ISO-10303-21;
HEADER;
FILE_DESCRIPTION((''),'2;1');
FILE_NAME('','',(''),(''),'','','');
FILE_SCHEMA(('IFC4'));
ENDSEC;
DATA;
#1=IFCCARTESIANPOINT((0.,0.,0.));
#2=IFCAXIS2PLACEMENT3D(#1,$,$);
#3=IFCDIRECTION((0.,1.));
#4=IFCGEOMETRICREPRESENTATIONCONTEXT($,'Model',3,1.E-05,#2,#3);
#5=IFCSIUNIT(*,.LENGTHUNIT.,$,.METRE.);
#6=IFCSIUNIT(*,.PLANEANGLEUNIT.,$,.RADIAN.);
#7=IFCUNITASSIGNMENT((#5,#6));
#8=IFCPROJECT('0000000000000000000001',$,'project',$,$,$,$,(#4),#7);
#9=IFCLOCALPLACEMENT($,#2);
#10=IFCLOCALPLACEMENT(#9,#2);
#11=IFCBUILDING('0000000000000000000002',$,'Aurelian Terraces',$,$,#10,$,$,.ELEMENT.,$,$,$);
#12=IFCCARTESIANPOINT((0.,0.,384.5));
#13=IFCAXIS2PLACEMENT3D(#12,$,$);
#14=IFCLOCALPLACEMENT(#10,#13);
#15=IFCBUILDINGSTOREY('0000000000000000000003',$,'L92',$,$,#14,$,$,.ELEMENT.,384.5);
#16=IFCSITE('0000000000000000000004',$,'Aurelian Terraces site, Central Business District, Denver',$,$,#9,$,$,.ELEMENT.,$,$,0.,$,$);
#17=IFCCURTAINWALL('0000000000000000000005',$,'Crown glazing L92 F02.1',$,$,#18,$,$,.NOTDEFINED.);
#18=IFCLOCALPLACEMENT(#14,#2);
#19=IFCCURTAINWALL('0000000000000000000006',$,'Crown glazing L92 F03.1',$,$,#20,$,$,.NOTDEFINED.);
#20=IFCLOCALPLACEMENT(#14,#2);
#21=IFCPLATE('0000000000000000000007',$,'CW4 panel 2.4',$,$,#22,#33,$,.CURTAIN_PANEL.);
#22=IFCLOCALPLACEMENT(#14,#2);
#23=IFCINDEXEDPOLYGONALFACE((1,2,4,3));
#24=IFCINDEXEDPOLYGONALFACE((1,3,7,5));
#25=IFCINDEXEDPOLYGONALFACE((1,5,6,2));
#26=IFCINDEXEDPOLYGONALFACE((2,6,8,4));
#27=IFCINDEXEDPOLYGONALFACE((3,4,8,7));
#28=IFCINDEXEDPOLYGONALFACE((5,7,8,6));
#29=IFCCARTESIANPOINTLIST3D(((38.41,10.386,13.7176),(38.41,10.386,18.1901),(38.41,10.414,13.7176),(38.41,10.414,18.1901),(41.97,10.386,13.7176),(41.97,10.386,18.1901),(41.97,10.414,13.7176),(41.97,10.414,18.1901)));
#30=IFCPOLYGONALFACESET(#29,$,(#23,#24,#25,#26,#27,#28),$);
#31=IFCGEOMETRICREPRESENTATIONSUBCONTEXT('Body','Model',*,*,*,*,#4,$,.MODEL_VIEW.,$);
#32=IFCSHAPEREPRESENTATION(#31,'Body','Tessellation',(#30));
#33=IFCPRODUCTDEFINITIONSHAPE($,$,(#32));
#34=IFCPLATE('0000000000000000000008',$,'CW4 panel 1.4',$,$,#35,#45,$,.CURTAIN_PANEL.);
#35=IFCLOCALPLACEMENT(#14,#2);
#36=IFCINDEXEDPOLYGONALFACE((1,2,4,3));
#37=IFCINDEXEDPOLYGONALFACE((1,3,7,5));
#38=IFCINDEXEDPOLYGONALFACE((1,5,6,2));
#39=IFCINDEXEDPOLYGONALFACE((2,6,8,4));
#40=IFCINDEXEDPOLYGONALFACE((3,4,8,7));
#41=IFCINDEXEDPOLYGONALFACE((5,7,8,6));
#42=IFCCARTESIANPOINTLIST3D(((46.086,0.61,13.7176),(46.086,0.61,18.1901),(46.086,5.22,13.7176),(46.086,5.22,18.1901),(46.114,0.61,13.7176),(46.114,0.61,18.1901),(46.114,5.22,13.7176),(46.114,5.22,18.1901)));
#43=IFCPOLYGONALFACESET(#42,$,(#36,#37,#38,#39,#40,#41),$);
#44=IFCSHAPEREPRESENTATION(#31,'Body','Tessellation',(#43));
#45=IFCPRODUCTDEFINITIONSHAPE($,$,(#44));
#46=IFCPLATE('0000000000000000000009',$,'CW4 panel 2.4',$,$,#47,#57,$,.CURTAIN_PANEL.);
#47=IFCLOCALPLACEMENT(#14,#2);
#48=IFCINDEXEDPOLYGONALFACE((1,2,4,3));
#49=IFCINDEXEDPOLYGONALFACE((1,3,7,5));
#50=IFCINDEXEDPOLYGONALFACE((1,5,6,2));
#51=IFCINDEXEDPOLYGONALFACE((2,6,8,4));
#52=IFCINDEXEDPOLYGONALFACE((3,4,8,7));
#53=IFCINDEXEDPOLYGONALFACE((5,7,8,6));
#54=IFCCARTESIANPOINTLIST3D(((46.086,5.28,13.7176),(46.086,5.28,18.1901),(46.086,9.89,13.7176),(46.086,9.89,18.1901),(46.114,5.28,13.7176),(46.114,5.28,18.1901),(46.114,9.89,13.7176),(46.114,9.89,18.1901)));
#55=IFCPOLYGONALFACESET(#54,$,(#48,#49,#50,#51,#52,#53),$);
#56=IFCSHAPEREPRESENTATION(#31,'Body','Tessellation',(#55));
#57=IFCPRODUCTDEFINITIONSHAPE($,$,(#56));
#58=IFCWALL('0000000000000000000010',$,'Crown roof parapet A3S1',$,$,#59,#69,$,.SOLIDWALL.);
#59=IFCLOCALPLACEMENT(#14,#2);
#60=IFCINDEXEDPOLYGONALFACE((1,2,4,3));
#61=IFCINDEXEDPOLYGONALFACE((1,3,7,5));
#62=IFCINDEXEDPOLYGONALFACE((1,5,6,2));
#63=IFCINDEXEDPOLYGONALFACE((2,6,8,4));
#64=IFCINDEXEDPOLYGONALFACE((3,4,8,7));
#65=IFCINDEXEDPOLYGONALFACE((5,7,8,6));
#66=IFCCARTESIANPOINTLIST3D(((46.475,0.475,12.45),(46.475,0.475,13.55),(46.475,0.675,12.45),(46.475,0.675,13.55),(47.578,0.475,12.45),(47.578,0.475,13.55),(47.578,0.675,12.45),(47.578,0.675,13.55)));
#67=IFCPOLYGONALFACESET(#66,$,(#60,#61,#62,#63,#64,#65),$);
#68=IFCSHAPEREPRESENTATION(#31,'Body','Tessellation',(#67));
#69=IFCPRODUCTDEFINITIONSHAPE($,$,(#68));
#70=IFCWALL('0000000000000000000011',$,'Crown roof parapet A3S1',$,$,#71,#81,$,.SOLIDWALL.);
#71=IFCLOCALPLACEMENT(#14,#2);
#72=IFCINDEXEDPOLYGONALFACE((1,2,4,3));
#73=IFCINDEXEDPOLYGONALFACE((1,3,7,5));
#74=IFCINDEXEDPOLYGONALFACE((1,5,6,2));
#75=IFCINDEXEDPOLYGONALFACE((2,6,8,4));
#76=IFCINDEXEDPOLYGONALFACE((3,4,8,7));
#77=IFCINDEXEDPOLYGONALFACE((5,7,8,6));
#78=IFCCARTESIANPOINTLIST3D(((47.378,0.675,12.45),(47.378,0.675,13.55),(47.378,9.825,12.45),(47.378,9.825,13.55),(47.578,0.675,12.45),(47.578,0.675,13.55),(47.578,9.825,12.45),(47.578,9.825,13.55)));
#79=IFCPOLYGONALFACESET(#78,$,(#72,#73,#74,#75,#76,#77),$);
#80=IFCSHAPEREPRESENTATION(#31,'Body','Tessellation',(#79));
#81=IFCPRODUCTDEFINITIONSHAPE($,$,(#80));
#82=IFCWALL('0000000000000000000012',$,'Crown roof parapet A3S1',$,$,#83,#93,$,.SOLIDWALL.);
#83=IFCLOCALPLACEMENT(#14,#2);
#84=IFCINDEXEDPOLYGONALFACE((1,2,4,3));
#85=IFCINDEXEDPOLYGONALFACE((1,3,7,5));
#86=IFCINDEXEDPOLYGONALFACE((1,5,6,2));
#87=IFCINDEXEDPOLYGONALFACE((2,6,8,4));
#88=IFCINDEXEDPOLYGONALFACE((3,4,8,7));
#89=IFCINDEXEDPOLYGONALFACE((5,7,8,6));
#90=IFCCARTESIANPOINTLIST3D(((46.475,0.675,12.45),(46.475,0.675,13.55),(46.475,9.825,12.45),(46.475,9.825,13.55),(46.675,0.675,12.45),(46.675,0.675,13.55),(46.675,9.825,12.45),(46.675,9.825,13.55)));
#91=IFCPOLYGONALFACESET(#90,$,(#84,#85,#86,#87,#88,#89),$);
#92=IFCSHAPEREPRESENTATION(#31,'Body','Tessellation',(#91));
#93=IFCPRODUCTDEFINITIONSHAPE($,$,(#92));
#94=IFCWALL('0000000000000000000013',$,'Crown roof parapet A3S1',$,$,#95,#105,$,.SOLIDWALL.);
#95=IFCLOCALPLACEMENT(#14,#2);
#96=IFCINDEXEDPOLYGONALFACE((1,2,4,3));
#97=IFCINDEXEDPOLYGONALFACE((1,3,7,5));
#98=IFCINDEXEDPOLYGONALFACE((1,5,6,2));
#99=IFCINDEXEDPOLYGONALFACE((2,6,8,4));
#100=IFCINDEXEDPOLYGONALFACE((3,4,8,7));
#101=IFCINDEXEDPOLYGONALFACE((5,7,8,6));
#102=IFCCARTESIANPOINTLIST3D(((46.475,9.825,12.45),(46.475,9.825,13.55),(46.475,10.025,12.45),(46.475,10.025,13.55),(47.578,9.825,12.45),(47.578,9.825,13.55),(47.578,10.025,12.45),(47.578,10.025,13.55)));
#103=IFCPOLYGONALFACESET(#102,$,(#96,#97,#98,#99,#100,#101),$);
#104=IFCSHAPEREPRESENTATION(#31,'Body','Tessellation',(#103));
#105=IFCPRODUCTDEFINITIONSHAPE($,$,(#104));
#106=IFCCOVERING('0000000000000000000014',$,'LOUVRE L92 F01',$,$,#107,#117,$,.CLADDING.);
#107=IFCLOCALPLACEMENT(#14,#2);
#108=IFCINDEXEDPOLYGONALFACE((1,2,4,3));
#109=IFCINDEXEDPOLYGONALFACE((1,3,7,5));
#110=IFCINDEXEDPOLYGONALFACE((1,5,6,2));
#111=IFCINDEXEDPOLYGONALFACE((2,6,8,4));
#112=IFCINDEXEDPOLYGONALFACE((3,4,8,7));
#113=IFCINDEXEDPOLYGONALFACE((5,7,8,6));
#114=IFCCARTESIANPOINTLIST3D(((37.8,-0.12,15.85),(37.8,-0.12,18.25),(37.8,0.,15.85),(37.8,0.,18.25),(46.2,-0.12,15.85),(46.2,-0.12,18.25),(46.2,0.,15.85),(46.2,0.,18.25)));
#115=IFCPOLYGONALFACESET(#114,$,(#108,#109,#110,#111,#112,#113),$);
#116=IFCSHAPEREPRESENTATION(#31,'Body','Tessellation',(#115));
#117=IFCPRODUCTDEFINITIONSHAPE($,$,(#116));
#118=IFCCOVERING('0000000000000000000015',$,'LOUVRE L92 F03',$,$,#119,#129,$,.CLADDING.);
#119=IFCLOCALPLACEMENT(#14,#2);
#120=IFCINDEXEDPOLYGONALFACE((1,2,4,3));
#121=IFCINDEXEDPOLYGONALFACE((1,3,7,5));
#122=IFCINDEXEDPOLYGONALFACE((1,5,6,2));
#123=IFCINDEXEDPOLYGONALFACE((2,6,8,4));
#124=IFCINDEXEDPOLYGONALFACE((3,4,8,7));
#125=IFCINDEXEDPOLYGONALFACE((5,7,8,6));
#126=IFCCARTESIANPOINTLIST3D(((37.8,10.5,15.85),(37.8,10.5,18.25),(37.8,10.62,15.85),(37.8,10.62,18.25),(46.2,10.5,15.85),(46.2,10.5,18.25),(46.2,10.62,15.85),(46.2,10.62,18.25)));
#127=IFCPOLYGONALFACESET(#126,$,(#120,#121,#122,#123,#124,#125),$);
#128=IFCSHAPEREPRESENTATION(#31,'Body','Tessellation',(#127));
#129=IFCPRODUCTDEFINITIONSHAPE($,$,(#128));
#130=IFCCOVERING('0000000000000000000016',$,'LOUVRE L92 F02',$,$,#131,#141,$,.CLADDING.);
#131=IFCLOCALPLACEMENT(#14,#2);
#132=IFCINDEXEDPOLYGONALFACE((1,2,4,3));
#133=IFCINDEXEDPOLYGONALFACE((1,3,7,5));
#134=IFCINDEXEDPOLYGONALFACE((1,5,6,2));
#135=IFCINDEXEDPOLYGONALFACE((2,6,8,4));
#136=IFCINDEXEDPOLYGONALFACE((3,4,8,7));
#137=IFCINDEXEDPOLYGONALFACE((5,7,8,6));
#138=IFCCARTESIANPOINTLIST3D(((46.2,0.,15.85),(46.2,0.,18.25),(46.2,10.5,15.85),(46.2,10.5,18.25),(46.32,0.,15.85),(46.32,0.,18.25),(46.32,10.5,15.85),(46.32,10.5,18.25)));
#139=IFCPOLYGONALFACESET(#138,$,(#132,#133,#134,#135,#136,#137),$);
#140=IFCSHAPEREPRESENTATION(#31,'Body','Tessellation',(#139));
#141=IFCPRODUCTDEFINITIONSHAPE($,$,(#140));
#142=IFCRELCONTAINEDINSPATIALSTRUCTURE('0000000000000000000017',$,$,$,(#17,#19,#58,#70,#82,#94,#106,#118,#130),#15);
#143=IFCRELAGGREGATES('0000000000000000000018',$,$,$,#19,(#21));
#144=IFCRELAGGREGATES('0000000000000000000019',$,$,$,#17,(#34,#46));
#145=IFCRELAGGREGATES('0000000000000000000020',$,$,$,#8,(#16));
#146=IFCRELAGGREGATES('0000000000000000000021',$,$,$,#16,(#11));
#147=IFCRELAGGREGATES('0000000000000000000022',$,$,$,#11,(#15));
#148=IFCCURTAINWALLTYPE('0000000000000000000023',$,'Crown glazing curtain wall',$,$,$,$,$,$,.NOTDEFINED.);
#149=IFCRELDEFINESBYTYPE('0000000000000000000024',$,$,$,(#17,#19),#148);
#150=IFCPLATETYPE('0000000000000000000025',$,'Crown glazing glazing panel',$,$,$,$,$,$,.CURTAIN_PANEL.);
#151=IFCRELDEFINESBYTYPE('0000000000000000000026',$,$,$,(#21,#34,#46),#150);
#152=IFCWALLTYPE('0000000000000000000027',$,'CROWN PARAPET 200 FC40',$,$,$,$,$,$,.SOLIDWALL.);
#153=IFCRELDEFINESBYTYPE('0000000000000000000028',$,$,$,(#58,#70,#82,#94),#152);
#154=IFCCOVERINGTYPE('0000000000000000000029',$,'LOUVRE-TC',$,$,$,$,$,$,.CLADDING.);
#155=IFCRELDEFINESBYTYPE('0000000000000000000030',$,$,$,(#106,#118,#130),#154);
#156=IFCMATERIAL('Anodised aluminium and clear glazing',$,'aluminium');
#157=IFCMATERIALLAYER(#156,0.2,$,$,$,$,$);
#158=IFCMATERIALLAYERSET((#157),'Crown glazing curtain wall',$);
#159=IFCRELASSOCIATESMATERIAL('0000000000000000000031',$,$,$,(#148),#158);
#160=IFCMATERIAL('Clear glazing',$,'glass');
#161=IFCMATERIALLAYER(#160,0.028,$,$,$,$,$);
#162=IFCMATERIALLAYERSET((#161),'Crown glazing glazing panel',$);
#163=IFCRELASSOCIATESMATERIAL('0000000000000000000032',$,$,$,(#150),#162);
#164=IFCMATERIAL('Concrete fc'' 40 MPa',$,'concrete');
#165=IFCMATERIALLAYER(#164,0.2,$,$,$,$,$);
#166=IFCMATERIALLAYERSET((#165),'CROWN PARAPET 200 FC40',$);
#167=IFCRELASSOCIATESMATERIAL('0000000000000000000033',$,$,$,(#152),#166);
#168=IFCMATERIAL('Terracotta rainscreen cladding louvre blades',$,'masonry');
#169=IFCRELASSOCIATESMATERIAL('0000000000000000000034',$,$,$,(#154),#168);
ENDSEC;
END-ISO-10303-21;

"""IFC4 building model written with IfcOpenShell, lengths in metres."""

from ifc_helpers import new_model, si_unit, direction, frame, frame_2d, origin, origin_2d, place, context, subcontext, project, spatial, rectangle, extrude, source, transform, mapped, material, layer, layer_set, type_object, element, aggregate, save


model = new_model("IFC4")

# Units and contexts
model_context = context("Model", 3, precision=1e-05, world=origin(), true_north=direction((0.0, 1.0)))
body_context = subcontext(model_context, "Body", "Model", "MODEL_VIEW")
ifc_project = project(units=[si_unit("LENGTHUNIT", "METRE"), si_unit("PLANEANGLEUNIT", "RADIAN")], contexts=[model_context])

# Site, building, storey
site_placement = place(None, origin())
site = spatial("IfcSite", under=ifc_project, at=site_placement, Name="Aurelian Terraces site, Central Business District, Denver", CompositionType="ELEMENT", RefElevation=0.0)
building_placement = place(site_placement, origin())
building = spatial("IfcBuilding", under=site, at=building_placement, Name="Aurelian Terraces", CompositionType="ELEMENT")
storey_placement = place(building_placement, frame((0.0, 0.0, 384.5)))
storey = spatial("IfcBuildingStorey", under=building, at=storey_placement, Name="L92", CompositionType="ELEMENT", Elevation=384.5)

# Curtain walls
ifc_material_1 = material(Name="Anodised aluminium and clear glazing", Category="aluminium")
ifc_layer_1 = layer(ifc_material_1, 0.2)
ifc_layer_set_1 = layer_set([ifc_layer_1], Name="Crown glazing curtain wall")
curtain_wall_type = type_object("IfcCurtainWallType", Name="Crown glazing curtain wall", PredefinedType="NOTDEFINED", material=ifc_layer_set_1)
curtain_wall_1_placement = place(storey_placement, origin())
curtain_wall_1 = element("IfcCurtainWall", 1, at=curtain_wall_1_placement, inside=storey, type_object=curtain_wall_type, Name="Crown glazing L92 F02.1", PredefinedType="NOTDEFINED")
curtain_wall_2_placement = place(storey_placement, origin())
curtain_wall_2 = element("IfcCurtainWall", 2, at=curtain_wall_2_placement, inside=storey, type_object=curtain_wall_type, Name="Crown glazing L92 F03.1", PredefinedType="NOTDEFINED")

# Plates
ifc_material_2 = material(Name="Clear glazing", Category="glass")
ifc_layer_2 = layer(ifc_material_2, 0.028)
ifc_layer_set_2 = layer_set([ifc_layer_2], Name="Crown glazing glazing panel")
plate_type = type_object("IfcPlateType", Name="Crown glazing glazing panel", PredefinedType="CURTAIN_PANEL", material=ifc_layer_set_2)
shared_shape_1 = source(origin(), body_context, "Body", "SweptSolid", [
    extrude(rectangle(XDim=3.56, YDim=0.028, at=origin_2d()), origin(), (0.0, 0.0, 1.0), 4.4725),
])
plate_1_placement = place(storey_placement, frame((40.19, 10.4, 13.7176), z_axis=(0.0, 0.0, 1.0), x_axis=(-1.0, 0.0, 0.0)))
plate_1 = element("IfcPlate", 3, at=plate_1_placement, type_object=plate_type, Name="CW4 panel 2.4", PredefinedType="CURTAIN_PANEL", context=body_context, shape_type="MappedRepresentation", body=[
    mapped(shared_shape_1, transform((0.0, 0.0, 0.0), scale=1.0)),
])
aggregate(curtain_wall_2, [plate_1])
shared_shape_2 = source(origin(), body_context, "Body", "SweptSolid", [
    extrude(rectangle(XDim=4.61, YDim=0.028, at=origin_2d()), origin(), (0.0, 0.0, 1.0), 4.4725),
])
plate_2_placement = place(storey_placement, frame((46.1, 2.915, 13.7176), z_axis=(0.0, 0.0, 1.0), x_axis=(0.0, 1.0, 0.0)))
plate_2 = element("IfcPlate", 4, at=plate_2_placement, type_object=plate_type, Name="CW4 panel 1.4", PredefinedType="CURTAIN_PANEL", context=body_context, shape_type="MappedRepresentation", body=[
    mapped(shared_shape_2, transform((0.0, 0.0, 0.0), scale=1.0)),
])
plate_3_placement = place(storey_placement, frame((46.1, 7.585, 13.7176), z_axis=(0.0, 0.0, 1.0), x_axis=(0.0, 1.0, 0.0)))
plate_3 = element("IfcPlate", 5, at=plate_3_placement, type_object=plate_type, Name="CW4 panel 2.4", PredefinedType="CURTAIN_PANEL", context=body_context, shape_type="MappedRepresentation", body=[
    mapped(shared_shape_2, transform((0.0, 0.0, 0.0), scale=1.0)),
])
aggregate(curtain_wall_1, [plate_2, plate_3])

# Walls
ifc_material_3 = material(Name="Concrete fc' 40 MPa", Category="concrete")
ifc_layer_3 = layer(ifc_material_3, 0.2)
ifc_layer_set_3 = layer_set([ifc_layer_3], Name="CROWN PARAPET 200 FC40")
wall_type = type_object("IfcWallType", Name="CROWN PARAPET 200 FC40", PredefinedType="SOLIDWALL", material=ifc_layer_set_3)
wall_1_placement = place(storey_placement, frame((46.475, 0.575, 12.45), z_axis=(0.0, 0.0, 1.0), x_axis=(1.0, 0.0, 0.0)))
element("IfcWall", 6, at=wall_1_placement, inside=storey, type_object=wall_type, Name="Crown roof parapet A3S1", PredefinedType="SOLIDWALL", context=body_context, shape_type="SweptSolid", body=[
    extrude(rectangle(XDim=1.103, YDim=0.2, at=frame_2d((0.5515, 0.0))), origin(), (0.0, 0.0, 1.0), 1.1),
])
shared_shape_3 = source(origin(), body_context, "Body", "SweptSolid", [
    extrude(rectangle(XDim=9.15, YDim=0.2, at=frame_2d((4.575, 0.0))), origin(), (0.0, 0.0, 1.0), 1.1),
])
for number, where, z_axis, x_axis, name in (
    (7, (47.478, 0.675, 12.45), (0.0, 0.0, 1.0), (0.0, 1.0, 0.0), "Crown roof parapet A3S1"),
    (8, (46.575, 0.675, 12.45), (0.0, 0.0, 1.0), (0.0, 1.0, 0.0), "Crown roof parapet A3S1"),
):
    element("IfcWall", number, at=place(storey_placement, frame(where, z_axis=z_axis, x_axis=x_axis)), inside=storey, type_object=wall_type, Name=name, PredefinedType="SOLIDWALL", context=body_context, shape_type="MappedRepresentation", body=[
        mapped(shared_shape_3, transform((0.0, 0.0, 0.0), scale=1.0)),
    ])
shared_shape_4 = source(origin(), body_context, "Body", "SweptSolid", [
    extrude(rectangle(XDim=1.103, YDim=0.2, at=frame_2d((0.5515, 0.0))), origin(), (0.0, 0.0, 1.0), 1.1),
])
wall_2_placement = place(storey_placement, frame((46.475, 9.925, 12.45), z_axis=(0.0, 0.0, 1.0), x_axis=(1.0, 0.0, 0.0)))
element("IfcWall", 9, at=wall_2_placement, inside=storey, type_object=wall_type, Name="Crown roof parapet A3S1", PredefinedType="SOLIDWALL", context=body_context, shape_type="MappedRepresentation", body=[
    mapped(shared_shape_4, transform((0.0, 0.0, 0.0), scale=1.0)),
])

# Coverings
ifc_material_4 = material(Name="Terracotta rainscreen cladding louvre blades", Category="masonry")
covering_type = type_object("IfcCoveringType", Name="LOUVRE-TC", PredefinedType="CLADDING", material=ifc_material_4)
shared_shape_5 = source(origin(), body_context, "Body", "SweptSolid", [
    extrude(rectangle(XDim=8.4, YDim=0.12, at=origin_2d()), origin(), (0.0, 0.0, 1.0), 2.4),
])
for number, where, z_axis, x_axis, name in (
    (10, (42.0, -0.06, 15.85), (0.0, 0.0, 1.0), (1.0, 0.0, 0.0), "LOUVRE L92 F01"),
    (11, (42.0, 10.56, 15.85), (0.0, 0.0, 1.0), (1.0, 0.0, 0.0), "LOUVRE L92 F03"),
):
    element("IfcCovering", number, at=place(storey_placement, frame(where, z_axis=z_axis, x_axis=x_axis)), inside=storey, type_object=covering_type, Name=name, PredefinedType="CLADDING", context=body_context, shape_type="MappedRepresentation", body=[
        mapped(shared_shape_5, transform((0.0, 0.0, 0.0), scale=1.0)),
    ])
shared_shape_6 = source(origin(), body_context, "Body", "SweptSolid", [
    extrude(rectangle(XDim=0.12, YDim=10.5, at=origin_2d()), origin(), (0.0, 0.0, 1.0), 2.4),
])
covering_placement = place(storey_placement, frame((46.26, 5.25, 15.85), z_axis=(0.0, 0.0, 1.0), x_axis=(1.0, 0.0, 0.0)))
element("IfcCovering", 12, at=covering_placement, inside=storey, type_object=covering_type, Name="LOUVRE L92 F02", PredefinedType="CLADDING", context=body_context, shape_type="MappedRepresentation", body=[
    mapped(shared_shape_6, transform((0.0, 0.0, 0.0), scale=1.0)),
])

save(model, "model.ifc")
